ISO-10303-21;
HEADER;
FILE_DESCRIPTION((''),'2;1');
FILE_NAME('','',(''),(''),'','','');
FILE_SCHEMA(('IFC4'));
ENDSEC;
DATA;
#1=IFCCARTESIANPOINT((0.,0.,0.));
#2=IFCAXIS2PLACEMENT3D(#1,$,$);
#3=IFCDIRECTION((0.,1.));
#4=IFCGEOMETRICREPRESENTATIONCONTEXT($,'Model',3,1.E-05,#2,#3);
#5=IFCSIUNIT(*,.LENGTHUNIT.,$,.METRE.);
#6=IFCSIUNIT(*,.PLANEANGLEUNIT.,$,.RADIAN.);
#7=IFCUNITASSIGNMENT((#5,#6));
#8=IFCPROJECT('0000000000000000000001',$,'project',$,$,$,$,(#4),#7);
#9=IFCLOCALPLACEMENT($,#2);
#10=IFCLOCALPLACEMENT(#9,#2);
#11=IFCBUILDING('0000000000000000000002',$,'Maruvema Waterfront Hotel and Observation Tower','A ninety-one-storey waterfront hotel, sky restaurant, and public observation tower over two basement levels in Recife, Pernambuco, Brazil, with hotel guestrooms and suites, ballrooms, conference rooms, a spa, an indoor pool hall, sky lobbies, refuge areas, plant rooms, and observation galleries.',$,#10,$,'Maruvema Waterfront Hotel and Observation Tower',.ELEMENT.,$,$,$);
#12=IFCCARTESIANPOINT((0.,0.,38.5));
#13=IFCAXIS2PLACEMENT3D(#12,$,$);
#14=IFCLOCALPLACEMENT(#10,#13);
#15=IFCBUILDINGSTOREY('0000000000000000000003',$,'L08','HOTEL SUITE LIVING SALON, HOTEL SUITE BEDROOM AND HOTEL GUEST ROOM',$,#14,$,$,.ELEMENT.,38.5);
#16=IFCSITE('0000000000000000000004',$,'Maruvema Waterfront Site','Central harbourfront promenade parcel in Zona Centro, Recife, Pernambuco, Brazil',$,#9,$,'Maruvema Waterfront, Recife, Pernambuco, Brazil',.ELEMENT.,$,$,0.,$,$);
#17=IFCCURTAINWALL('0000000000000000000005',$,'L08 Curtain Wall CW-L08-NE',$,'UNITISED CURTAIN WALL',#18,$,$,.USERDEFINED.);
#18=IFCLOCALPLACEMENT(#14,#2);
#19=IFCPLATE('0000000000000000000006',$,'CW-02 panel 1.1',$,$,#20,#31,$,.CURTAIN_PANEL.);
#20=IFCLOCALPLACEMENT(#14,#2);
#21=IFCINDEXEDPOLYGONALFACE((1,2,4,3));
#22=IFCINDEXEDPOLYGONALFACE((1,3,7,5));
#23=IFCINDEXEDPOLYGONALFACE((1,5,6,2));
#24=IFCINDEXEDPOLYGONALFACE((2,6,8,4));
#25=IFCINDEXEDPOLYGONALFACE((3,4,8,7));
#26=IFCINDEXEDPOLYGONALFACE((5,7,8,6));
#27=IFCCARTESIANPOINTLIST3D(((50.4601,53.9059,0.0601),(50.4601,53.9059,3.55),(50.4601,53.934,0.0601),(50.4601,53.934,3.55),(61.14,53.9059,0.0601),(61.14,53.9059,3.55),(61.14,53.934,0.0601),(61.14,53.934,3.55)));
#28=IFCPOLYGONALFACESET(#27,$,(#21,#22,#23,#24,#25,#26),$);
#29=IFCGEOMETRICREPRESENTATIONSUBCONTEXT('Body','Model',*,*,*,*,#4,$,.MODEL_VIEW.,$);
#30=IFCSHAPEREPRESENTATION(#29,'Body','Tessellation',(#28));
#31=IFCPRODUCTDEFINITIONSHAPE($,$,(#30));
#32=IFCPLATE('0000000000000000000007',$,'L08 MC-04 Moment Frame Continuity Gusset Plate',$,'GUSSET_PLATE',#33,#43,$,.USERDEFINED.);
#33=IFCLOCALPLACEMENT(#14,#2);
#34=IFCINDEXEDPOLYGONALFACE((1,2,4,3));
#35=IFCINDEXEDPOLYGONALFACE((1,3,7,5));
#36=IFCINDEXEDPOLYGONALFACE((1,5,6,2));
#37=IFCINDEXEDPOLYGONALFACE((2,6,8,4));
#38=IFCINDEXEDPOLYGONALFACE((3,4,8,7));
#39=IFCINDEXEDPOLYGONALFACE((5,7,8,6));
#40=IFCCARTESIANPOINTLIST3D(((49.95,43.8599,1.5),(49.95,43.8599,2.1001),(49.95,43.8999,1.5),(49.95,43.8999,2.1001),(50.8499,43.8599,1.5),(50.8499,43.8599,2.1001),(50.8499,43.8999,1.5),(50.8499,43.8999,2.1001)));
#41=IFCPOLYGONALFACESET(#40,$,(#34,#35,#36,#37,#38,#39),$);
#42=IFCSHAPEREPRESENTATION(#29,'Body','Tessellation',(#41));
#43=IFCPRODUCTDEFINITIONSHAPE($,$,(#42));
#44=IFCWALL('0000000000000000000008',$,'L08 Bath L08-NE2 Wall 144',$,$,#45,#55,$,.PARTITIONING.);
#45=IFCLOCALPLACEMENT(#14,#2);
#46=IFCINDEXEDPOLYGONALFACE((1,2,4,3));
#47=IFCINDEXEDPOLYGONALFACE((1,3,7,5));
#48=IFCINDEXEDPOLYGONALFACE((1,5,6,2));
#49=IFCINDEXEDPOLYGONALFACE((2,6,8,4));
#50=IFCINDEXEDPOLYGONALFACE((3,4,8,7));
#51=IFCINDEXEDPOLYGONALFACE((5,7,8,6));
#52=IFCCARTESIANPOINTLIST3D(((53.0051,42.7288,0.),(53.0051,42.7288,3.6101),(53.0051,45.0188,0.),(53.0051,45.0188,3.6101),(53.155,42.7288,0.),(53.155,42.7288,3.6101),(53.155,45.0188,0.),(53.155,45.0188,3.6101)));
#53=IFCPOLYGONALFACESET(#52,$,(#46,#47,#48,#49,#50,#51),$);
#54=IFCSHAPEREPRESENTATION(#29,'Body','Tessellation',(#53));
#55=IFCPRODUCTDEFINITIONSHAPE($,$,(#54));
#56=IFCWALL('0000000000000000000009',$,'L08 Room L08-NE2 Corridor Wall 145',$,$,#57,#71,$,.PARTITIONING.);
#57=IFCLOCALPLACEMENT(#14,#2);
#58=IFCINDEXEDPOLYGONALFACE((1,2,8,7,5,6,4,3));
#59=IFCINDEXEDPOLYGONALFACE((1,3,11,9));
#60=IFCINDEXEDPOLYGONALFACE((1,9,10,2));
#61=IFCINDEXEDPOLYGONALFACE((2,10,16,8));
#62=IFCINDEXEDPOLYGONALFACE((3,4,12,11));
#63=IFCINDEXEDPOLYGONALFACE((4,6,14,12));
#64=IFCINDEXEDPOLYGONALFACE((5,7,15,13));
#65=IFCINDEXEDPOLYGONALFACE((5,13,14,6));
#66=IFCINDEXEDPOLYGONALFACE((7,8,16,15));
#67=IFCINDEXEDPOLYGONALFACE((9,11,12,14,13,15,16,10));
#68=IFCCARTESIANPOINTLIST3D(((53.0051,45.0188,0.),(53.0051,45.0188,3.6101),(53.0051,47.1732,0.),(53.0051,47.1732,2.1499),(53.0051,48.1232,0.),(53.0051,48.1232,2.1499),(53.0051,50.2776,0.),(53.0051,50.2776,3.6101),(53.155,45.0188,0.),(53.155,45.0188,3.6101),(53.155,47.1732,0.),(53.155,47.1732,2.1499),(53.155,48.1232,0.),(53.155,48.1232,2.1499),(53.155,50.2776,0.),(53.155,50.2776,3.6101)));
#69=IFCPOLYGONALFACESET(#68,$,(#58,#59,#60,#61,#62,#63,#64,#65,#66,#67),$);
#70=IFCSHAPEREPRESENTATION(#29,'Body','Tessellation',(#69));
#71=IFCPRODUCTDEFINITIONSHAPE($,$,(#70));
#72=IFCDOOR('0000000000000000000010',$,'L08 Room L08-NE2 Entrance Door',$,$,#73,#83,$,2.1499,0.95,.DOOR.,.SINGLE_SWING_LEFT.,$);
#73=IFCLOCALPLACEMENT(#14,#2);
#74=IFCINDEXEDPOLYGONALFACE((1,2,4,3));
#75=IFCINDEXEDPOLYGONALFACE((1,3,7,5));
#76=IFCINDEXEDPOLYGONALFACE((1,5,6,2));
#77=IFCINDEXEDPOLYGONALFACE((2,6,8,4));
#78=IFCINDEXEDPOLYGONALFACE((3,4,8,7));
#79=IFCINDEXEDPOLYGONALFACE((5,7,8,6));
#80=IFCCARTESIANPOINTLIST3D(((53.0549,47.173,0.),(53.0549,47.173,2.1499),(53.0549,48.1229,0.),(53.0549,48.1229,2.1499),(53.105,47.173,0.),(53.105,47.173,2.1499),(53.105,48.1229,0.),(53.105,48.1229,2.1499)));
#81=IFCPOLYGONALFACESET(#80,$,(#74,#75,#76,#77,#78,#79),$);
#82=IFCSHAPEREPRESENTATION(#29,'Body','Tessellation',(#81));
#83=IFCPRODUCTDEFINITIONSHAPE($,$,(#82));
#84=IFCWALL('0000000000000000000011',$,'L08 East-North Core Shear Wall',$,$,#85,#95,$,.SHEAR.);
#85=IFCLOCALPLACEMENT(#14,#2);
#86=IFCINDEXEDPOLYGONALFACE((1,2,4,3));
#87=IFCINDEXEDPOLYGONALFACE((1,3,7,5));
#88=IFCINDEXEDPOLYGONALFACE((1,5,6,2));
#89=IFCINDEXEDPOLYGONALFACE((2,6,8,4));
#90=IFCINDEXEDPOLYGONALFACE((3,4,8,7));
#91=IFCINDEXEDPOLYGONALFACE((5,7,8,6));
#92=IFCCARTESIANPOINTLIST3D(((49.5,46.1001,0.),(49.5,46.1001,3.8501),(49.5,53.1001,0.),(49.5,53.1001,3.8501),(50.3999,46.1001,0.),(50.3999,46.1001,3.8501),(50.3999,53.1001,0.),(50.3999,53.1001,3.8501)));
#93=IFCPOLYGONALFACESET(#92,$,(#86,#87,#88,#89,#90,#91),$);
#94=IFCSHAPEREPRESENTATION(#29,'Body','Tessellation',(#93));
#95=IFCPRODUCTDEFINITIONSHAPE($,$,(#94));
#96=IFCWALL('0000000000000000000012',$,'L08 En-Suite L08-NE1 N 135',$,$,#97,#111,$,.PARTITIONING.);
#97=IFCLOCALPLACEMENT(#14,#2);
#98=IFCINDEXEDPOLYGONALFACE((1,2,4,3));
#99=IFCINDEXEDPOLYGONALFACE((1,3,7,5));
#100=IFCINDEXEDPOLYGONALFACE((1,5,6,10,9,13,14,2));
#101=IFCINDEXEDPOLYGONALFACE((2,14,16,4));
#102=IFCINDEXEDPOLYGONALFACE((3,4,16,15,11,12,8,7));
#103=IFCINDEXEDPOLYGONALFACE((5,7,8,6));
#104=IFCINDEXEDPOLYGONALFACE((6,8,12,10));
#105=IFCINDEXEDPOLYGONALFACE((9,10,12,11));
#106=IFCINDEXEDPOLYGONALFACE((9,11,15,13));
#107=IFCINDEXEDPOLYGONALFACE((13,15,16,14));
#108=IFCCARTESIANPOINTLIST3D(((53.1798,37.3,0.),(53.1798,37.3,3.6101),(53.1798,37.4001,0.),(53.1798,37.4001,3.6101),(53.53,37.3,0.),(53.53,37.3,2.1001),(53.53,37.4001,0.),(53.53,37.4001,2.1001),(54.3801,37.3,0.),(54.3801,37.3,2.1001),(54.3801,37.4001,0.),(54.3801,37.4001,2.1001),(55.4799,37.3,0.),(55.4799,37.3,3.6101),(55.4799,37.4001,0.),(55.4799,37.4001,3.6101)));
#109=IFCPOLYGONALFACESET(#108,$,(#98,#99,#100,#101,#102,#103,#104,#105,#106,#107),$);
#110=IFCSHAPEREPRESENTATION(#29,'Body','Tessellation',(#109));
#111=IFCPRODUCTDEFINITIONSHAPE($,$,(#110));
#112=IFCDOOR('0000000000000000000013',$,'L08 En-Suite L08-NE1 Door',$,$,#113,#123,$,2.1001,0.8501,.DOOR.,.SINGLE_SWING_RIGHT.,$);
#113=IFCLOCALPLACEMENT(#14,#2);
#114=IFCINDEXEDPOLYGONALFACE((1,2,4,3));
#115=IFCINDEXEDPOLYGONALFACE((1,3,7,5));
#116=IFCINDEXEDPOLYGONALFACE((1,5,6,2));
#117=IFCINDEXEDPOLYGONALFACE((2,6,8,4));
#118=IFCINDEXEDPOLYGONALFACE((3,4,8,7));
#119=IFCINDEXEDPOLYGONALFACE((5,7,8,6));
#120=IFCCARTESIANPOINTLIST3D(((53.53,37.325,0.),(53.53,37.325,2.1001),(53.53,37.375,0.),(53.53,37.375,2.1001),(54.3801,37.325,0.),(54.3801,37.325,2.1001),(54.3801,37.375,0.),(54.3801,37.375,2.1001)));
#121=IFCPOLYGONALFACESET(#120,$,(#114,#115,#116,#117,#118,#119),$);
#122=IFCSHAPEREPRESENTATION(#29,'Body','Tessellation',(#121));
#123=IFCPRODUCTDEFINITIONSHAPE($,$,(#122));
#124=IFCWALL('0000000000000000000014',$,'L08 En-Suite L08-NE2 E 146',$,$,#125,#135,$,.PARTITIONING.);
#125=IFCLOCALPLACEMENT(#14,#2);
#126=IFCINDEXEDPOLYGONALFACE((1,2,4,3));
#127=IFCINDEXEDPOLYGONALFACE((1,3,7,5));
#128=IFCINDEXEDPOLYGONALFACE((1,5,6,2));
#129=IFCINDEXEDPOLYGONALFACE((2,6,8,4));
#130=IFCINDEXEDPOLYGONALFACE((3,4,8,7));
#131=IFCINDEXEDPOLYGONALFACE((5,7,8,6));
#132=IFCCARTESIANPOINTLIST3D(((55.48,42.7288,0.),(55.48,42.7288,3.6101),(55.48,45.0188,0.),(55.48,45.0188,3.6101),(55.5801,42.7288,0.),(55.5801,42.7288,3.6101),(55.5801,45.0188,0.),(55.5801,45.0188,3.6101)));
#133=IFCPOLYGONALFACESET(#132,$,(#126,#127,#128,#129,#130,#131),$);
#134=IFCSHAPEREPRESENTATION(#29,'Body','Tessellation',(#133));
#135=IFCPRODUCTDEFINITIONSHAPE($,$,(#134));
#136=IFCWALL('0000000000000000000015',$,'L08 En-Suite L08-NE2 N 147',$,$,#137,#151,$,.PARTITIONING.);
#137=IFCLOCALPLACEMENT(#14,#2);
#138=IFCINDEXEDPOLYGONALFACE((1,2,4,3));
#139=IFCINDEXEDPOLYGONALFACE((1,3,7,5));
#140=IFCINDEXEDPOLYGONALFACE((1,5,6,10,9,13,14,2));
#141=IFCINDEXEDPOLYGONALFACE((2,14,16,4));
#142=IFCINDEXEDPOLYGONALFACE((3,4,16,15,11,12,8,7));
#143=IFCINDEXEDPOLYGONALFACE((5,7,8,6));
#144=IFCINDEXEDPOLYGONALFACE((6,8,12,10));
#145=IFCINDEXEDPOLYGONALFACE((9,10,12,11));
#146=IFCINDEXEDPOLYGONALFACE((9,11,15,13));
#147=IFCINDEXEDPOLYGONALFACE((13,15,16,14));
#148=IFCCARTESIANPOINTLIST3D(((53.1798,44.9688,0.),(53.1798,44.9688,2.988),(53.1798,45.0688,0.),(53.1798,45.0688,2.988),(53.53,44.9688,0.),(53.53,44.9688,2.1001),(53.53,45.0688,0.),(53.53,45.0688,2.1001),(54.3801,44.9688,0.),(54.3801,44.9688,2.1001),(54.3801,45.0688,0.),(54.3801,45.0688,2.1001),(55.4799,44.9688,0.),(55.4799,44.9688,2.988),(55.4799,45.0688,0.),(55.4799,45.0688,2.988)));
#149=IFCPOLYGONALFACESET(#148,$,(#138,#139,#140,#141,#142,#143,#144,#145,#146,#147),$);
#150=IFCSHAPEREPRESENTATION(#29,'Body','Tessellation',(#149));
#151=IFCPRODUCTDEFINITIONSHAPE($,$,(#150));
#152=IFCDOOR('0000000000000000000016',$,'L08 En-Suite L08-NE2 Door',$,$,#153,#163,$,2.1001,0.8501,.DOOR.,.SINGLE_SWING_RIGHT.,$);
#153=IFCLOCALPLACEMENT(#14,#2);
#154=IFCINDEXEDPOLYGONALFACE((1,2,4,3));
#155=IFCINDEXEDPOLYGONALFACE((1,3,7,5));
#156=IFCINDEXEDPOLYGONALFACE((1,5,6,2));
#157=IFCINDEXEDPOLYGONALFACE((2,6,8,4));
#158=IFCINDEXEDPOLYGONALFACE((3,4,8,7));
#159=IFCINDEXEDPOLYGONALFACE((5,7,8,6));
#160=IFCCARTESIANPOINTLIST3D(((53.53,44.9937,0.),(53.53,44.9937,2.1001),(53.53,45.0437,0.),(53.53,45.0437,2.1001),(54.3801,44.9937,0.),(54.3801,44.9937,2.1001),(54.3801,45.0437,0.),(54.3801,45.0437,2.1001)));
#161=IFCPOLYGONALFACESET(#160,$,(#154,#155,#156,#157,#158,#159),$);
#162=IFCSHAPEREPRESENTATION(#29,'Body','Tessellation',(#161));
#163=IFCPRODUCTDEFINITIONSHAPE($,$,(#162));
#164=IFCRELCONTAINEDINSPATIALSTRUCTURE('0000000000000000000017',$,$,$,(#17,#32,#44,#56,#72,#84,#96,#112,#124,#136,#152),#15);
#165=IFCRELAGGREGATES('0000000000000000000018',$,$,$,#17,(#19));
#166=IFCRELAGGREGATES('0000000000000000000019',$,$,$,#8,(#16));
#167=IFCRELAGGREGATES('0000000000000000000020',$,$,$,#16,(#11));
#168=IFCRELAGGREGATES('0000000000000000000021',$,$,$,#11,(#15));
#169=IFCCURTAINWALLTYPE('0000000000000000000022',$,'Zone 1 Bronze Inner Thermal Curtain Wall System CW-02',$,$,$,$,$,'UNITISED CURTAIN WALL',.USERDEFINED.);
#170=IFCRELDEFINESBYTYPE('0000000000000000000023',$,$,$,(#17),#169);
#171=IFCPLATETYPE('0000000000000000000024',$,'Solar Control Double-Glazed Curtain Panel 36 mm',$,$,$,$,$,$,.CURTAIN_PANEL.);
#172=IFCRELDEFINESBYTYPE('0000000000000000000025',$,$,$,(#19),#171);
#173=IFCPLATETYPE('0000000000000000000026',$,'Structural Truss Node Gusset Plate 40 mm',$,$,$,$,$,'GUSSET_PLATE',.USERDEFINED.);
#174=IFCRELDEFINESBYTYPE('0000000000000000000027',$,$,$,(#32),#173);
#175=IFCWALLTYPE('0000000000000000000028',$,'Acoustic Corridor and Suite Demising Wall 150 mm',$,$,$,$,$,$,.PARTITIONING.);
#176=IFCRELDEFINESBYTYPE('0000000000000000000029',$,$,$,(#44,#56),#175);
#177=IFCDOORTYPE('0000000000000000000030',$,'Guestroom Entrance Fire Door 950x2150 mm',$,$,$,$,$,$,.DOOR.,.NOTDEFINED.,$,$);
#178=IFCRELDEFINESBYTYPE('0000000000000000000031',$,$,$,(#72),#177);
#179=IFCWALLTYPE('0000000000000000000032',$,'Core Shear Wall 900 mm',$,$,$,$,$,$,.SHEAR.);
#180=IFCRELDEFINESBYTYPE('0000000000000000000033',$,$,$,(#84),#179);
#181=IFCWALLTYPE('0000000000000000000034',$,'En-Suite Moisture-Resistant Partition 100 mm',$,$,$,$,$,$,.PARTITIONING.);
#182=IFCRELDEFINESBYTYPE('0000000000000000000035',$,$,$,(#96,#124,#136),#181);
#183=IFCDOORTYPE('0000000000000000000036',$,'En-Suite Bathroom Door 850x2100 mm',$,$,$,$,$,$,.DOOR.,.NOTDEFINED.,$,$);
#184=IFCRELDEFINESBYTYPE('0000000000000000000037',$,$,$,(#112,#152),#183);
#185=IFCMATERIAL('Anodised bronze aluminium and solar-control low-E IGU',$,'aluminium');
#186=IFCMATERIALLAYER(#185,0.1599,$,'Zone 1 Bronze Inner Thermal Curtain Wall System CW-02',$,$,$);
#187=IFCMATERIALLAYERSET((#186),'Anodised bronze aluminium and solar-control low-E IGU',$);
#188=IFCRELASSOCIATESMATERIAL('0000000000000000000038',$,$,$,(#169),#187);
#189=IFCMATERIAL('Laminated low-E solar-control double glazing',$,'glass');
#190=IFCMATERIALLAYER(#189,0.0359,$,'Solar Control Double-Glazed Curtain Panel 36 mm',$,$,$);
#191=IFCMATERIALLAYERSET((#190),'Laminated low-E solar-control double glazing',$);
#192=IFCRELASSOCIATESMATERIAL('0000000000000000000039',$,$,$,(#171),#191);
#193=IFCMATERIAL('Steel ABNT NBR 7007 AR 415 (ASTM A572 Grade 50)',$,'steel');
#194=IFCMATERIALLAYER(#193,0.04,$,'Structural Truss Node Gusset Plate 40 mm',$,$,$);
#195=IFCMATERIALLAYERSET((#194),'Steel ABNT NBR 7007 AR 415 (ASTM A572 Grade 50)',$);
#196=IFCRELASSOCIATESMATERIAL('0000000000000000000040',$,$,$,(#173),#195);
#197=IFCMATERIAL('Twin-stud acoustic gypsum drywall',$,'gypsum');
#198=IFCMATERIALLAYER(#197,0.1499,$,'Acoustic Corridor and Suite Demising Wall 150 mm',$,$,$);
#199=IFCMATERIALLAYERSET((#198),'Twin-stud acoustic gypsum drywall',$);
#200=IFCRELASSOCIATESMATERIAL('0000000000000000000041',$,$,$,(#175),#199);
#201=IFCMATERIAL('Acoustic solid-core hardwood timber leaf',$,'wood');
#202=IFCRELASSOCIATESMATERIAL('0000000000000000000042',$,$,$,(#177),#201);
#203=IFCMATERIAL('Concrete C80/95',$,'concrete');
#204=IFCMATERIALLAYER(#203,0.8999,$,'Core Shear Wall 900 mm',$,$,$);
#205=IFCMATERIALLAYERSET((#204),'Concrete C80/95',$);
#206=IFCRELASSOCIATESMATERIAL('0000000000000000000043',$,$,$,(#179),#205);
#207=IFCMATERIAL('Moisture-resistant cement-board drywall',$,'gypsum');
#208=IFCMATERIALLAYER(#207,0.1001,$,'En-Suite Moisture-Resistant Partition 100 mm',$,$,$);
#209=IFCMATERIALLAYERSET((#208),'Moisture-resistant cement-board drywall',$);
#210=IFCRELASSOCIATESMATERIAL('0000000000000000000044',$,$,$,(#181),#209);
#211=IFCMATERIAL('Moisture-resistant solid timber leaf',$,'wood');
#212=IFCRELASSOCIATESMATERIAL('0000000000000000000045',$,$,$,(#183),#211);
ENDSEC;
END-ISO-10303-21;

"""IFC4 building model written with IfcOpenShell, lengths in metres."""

from ifc_helpers import new_model, si_unit, direction, frame, frame_2d, origin, origin_2d, place, context, subcontext, project, spatial, rectangle, extrude, material, layer, layer_set, type_object, element, fill, aggregate, save


model = new_model("IFC4")

# Units and contexts
model_context = context("Model", 3, precision=1e-05, world=origin(), true_north=direction((0.0, 1.0)))
body_context = subcontext(model_context, "Body", "Model", "MODEL_VIEW")
ifc_project = project(units=[si_unit("LENGTHUNIT", "METRE"), si_unit("PLANEANGLEUNIT", "RADIAN")], contexts=[model_context])

# Site, building, storey
site_placement = place(None, origin())
site = spatial("IfcSite", under=ifc_project, at=site_placement, Name="Maruvema Waterfront Site", Description="Central harbourfront promenade parcel in Zona Centro, Recife, Pernambuco, Brazil", LongName="Maruvema Waterfront, Recife, Pernambuco, Brazil", CompositionType="ELEMENT", RefElevation=0.0)
building_placement = place(site_placement, origin())
building = spatial("IfcBuilding", under=site, at=building_placement, Name="Maruvema Waterfront Hotel and Observation Tower", Description="A ninety-one-storey waterfront hotel, sky restaurant, and public observation tower over two basement levels in Recife, Pernambuco, Brazil, with hotel guestrooms and suites, ballrooms, conference rooms, a spa, an indoor pool hall, sky lobbies, refuge areas, plant rooms, and observation galleries.", LongName="Maruvema Waterfront Hotel and Observation Tower", CompositionType="ELEMENT")
storey_placement = place(building_placement, frame((0.0, 0.0, 38.5)))
storey = spatial("IfcBuildingStorey", under=building, at=storey_placement, Name="L08", Description="HOTEL SUITE LIVING SALON, HOTEL SUITE BEDROOM AND HOTEL GUEST ROOM", CompositionType="ELEMENT", Elevation=38.5)

# Curtain wall
ifc_material_1 = material(Name="Anodised bronze aluminium and solar-control low-E IGU", Category="aluminium")
ifc_layer_1 = layer(ifc_material_1, 0.1599, Name="Zone 1 Bronze Inner Thermal Curtain Wall System CW-02")
ifc_layer_set_1 = layer_set([ifc_layer_1], Name="Anodised bronze aluminium and solar-control low-E IGU")
curtain_wall_type = type_object("IfcCurtainWallType", Name="Zone 1 Bronze Inner Thermal Curtain Wall System CW-02", ElementType="UNITISED CURTAIN WALL", PredefinedType="USERDEFINED", material=ifc_layer_set_1)
curtain_wall_1_placement = place(storey_placement, origin())
curtain_wall_1 = element("IfcCurtainWall", 1, at=curtain_wall_1_placement, inside=storey, type_object=curtain_wall_type, Name="L08 Curtain Wall CW-L08-NE", ObjectType="UNITISED CURTAIN WALL", PredefinedType="USERDEFINED")

# Plates
ifc_material_2 = material(Name="Laminated low-E solar-control double glazing", Category="glass")
ifc_layer_2 = layer(ifc_material_2, 0.0359, Name="Solar Control Double-Glazed Curtain Panel 36 mm")
ifc_layer_set_2 = layer_set([ifc_layer_2], Name="Laminated low-E solar-control double glazing")
plate_type_1 = type_object("IfcPlateType", Name="Solar Control Double-Glazed Curtain Panel 36 mm", PredefinedType="CURTAIN_PANEL", material=ifc_layer_set_2)
plate_1_placement = place(storey_placement, frame((55.8, 53.9199, 0.0601), z_axis=(0.0, 0.0, 1.0), x_axis=(-1.0, 0.0, 0.0)))
plate_1 = element("IfcPlate", 2, at=plate_1_placement, type_object=plate_type_1, Name="CW-02 panel 1.1", PredefinedType="CURTAIN_PANEL", context=body_context, shape_type="SweptSolid", body=[
    extrude(rectangle(XDim=10.6799, YDim=0.0281, at=origin_2d()), origin(), (0.0, 0.0, 1.0), 3.49),
])
aggregate(curtain_wall_1, [plate_1])
ifc_material_3 = material(Name="Steel ABNT NBR 7007 AR 415 (ASTM A572 Grade 50)", Category="steel")
ifc_layer_3 = layer(ifc_material_3, 0.04, Name="Structural Truss Node Gusset Plate 40 mm")
ifc_layer_set_3 = layer_set([ifc_layer_3], Name="Steel ABNT NBR 7007 AR 415 (ASTM A572 Grade 50)")
plate_type_2 = type_object("IfcPlateType", Name="Structural Truss Node Gusset Plate 40 mm", ElementType="GUSSET_PLATE", PredefinedType="USERDEFINED", material=ifc_layer_set_3)
plate_2_placement = place(storey_placement, frame((50.3999, 43.8799, 1.5), z_axis=(0.0, 0.0, 1.0), x_axis=(1.0, 0.0, 0.0)))
element("IfcPlate", 3, at=plate_2_placement, inside=storey, type_object=plate_type_2, Name="L08 MC-04 Moment Frame Continuity Gusset Plate", ObjectType="GUSSET_PLATE", PredefinedType="USERDEFINED", context=body_context, shape_type="SweptSolid", body=[
    extrude(rectangle(XDim=0.8999, YDim=0.04, at=origin_2d()), origin(), (0.0, 0.0, 1.0), 0.6001),
])

# Wall
ifc_material_4 = material(Name="Twin-stud acoustic gypsum drywall", Category="gypsum")
ifc_layer_4 = layer(ifc_material_4, 0.1499, Name="Acoustic Corridor and Suite Demising Wall 150 mm")
ifc_layer_set_4 = layer_set([ifc_layer_4], Name="Twin-stud acoustic gypsum drywall")
wall_type_1 = type_object("IfcWallType", Name="Acoustic Corridor and Suite Demising Wall 150 mm", PredefinedType="PARTITIONING", material=ifc_layer_set_4)
wall_1_placement = place(storey_placement, frame((53.0801, 42.7288, 0.0), z_axis=(0.0, 0.0, 1.0), x_axis=(0.0, 1.0, 0.0)))
element("IfcWall", 4, at=wall_1_placement, inside=storey, type_object=wall_type_1, Name="L08 Bath L08-NE2 Wall 144", PredefinedType="PARTITIONING", context=body_context, shape_type="SweptSolid", body=[
    extrude(rectangle(XDim=2.29, YDim=0.1499, at=frame_2d((1.145, 0.0))), origin(), (0.0, 0.0, 1.0), 3.6101),
])

# Wall, opening, door
wall_2_placement = place(storey_placement, frame((53.0801, 45.0188, 0.0), z_axis=(0.0, 0.0, 1.0), x_axis=(0.0, 1.0, 0.0)))
wall_2 = element("IfcWall", 5, at=wall_2_placement, inside=storey, type_object=wall_type_1, Name="L08 Room L08-NE2 Corridor Wall 145", PredefinedType="PARTITIONING", context=body_context, shape_type="SweptSolid", body=[
    extrude(rectangle(XDim=5.2588, YDim=0.1499, at=frame_2d((2.6294, 0.0))), origin(), (0.0, 0.0, 1.0), 3.6101),
])
opening_1_placement = place(wall_2_placement, frame((2.1543, 0.0, 0.0)))
opening_1 = element("IfcOpeningElement", 6, at=opening_1_placement, cuts=wall_2, PredefinedType="OPENING", context=body_context, shape_type="SweptSolid", body=[
    extrude(rectangle(XDim=0.95, YDim=2.1499, at=frame_2d((0.4751, 1.075))), frame((0.0, 0.085, 0.0), z_axis=(0.0, -1.0, 0.0), x_axis=(1.0, 0.0, 0.0)), (0.0, 0.0, 1.0), 0.1699),
])
ifc_material_5 = material(Name="Acoustic solid-core hardwood timber leaf", Category="wood")
door_type_1 = type_object("IfcDoorType", Name="Guestroom Entrance Fire Door 950x2150 mm", OperationType="NOTDEFINED", PredefinedType="DOOR", material=ifc_material_5)
door_1_placement = place(opening_1_placement, frame((0.95, 0.0, 0.0), z_axis=(0.0, 0.0, 1.0), x_axis=(-1.0, 0.0, 0.0)))
door_1 = element("IfcDoor", 7, at=door_1_placement, inside=storey, type_object=door_type_1, Name="L08 Room L08-NE2 Entrance Door", OperationType="SINGLE_SWING_LEFT", OverallHeight=2.1499, OverallWidth=0.95, PredefinedType="DOOR", context=body_context, shape_type="SweptSolid", body=[
    extrude(rectangle(XDim=0.95, YDim=2.1499, at=frame_2d((0.4751, 1.075))), frame((0.0, 0.0249, 0.0), z_axis=(0.0, -1.0, 0.0), x_axis=(1.0, 0.0, 0.0)), (0.0, 0.0, 1.0), 0.05),
])
fill(opening_1, door_1)

# Wall
ifc_material_6 = material(Name="Concrete C80/95", Category="concrete")
ifc_layer_5 = layer(ifc_material_6, 0.8999, Name="Core Shear Wall 900 mm")
ifc_layer_set_5 = layer_set([ifc_layer_5], Name="Concrete C80/95")
wall_type_2 = type_object("IfcWallType", Name="Core Shear Wall 900 mm", PredefinedType="SHEAR", material=ifc_layer_set_5)
wall_3_placement = place(storey_placement, frame((49.95, 46.1001, 0.0), z_axis=(0.0, 0.0, 1.0), x_axis=(0.0, 1.0, 0.0)))
element("IfcWall", 8, at=wall_3_placement, inside=storey, type_object=wall_type_2, Name="L08 East-North Core Shear Wall", PredefinedType="SHEAR", context=body_context, shape_type="SweptSolid", body=[
    extrude(rectangle(XDim=7.0, YDim=0.8999, at=frame_2d((3.5, 0.0))), origin(), (0.0, 0.0, 1.0), 3.8501),
])

# Wall, opening, door
ifc_material_7 = material(Name="Moisture-resistant cement-board drywall", Category="gypsum")
ifc_layer_6 = layer(ifc_material_7, 0.1001, Name="En-Suite Moisture-Resistant Partition 100 mm")
ifc_layer_set_6 = layer_set([ifc_layer_6], Name="Moisture-resistant cement-board drywall")
wall_type_3 = type_object("IfcWallType", Name="En-Suite Moisture-Resistant Partition 100 mm", PredefinedType="PARTITIONING", material=ifc_layer_set_6)
wall_4_placement = place(storey_placement, frame((53.1799, 37.3501, 0.0), z_axis=(0.0, 0.0, 1.0), x_axis=(1.0, 0.0, 0.0)))
wall_4 = element("IfcWall", 9, at=wall_4_placement, inside=storey, type_object=wall_type_3, Name="L08 En-Suite L08-NE1 N 135", PredefinedType="PARTITIONING", context=body_context, shape_type="SweptSolid", body=[
    extrude(rectangle(XDim=2.3, YDim=0.1001, at=frame_2d((1.1499, 0.0))), origin(), (0.0, 0.0, 1.0), 3.6101),
])
opening_2_placement = place(wall_4_placement, frame((0.3501, 0.0, 0.0)))
opening_2 = element("IfcOpeningElement", 10, at=opening_2_placement, cuts=wall_4, PredefinedType="OPENING", context=body_context, shape_type="SweptSolid", body=[
    extrude(rectangle(XDim=0.8501, YDim=2.1001, at=frame_2d((0.425, 1.05))), frame((0.0, 0.0601, 0.0), z_axis=(0.0, -1.0, 0.0), x_axis=(1.0, 0.0, 0.0)), (0.0, 0.0, 1.0), 0.1201),
])
ifc_material_8 = material(Name="Moisture-resistant solid timber leaf", Category="wood")
door_type_2 = type_object("IfcDoorType", Name="En-Suite Bathroom Door 850x2100 mm", OperationType="NOTDEFINED", PredefinedType="DOOR", material=ifc_material_8)
door_2_placement = place(opening_2_placement, origin())
door_2 = element("IfcDoor", 11, at=door_2_placement, inside=storey, type_object=door_type_2, Name="L08 En-Suite L08-NE1 Door", OperationType="SINGLE_SWING_RIGHT", OverallHeight=2.1001, OverallWidth=0.8501, PredefinedType="DOOR", context=body_context, shape_type="SweptSolid", body=[
    extrude(rectangle(XDim=0.8501, YDim=2.1001, at=frame_2d((0.425, 1.05))), frame((0.0, 0.0249, 0.0), z_axis=(0.0, -1.0, 0.0), x_axis=(1.0, 0.0, 0.0)), (0.0, 0.0, 1.0), 0.05),
])
fill(opening_2, door_2)

# Wall
wall_5_placement = place(storey_placement, frame((55.53, 42.7288, 0.0), z_axis=(0.0, 0.0, 1.0), x_axis=(0.0, 1.0, 0.0)))
element("IfcWall", 12, at=wall_5_placement, inside=storey, type_object=wall_type_3, Name="L08 En-Suite L08-NE2 E 146", PredefinedType="PARTITIONING", context=body_context, shape_type="SweptSolid", body=[
    extrude(rectangle(XDim=2.29, YDim=0.1001, at=frame_2d((1.145, 0.0))), origin(), (0.0, 0.0, 1.0), 3.6101),
])

# Wall, opening, door
wall_6_placement = place(storey_placement, frame((53.1799, 45.0188, 0.0), z_axis=(0.0, 0.0, 1.0), x_axis=(1.0, 0.0, 0.0)))
wall_6 = element("IfcWall", 13, at=wall_6_placement, inside=storey, type_object=wall_type_3, Name="L08 En-Suite L08-NE2 N 147", PredefinedType="PARTITIONING", context=body_context, shape_type="SweptSolid", body=[
    extrude(rectangle(XDim=2.3, YDim=0.1001, at=frame_2d((1.1499, 0.0))), origin(), (0.0, 0.0, 1.0), 2.988),
])
opening_3_placement = place(wall_6_placement, frame((0.3501, 0.0, 0.0)))
opening_3 = element("IfcOpeningElement", 14, at=opening_3_placement, cuts=wall_6, PredefinedType="OPENING", context=body_context, shape_type="SweptSolid", body=[
    extrude(rectangle(XDim=0.8501, YDim=2.1001, at=frame_2d((0.425, 1.05))), frame((0.0, 0.0601, 0.0), z_axis=(0.0, -1.0, 0.0), x_axis=(1.0, 0.0, 0.0)), (0.0, 0.0, 1.0), 0.1201),
])
door_3_placement = place(opening_3_placement, origin())
door_3 = element("IfcDoor", 15, at=door_3_placement, inside=storey, type_object=door_type_2, Name="L08 En-Suite L08-NE2 Door", OperationType="SINGLE_SWING_RIGHT", OverallHeight=2.1001, OverallWidth=0.8501, PredefinedType="DOOR", context=body_context, shape_type="SweptSolid", body=[
    extrude(rectangle(XDim=0.8501, YDim=2.1001, at=frame_2d((0.425, 1.05))), frame((0.0, 0.0249, 0.0), z_axis=(0.0, -1.0, 0.0), x_axis=(1.0, 0.0, 0.0)), (0.0, 0.0, 1.0), 0.05),
])
fill(opening_3, door_3)

save(model, "model.ifc")
